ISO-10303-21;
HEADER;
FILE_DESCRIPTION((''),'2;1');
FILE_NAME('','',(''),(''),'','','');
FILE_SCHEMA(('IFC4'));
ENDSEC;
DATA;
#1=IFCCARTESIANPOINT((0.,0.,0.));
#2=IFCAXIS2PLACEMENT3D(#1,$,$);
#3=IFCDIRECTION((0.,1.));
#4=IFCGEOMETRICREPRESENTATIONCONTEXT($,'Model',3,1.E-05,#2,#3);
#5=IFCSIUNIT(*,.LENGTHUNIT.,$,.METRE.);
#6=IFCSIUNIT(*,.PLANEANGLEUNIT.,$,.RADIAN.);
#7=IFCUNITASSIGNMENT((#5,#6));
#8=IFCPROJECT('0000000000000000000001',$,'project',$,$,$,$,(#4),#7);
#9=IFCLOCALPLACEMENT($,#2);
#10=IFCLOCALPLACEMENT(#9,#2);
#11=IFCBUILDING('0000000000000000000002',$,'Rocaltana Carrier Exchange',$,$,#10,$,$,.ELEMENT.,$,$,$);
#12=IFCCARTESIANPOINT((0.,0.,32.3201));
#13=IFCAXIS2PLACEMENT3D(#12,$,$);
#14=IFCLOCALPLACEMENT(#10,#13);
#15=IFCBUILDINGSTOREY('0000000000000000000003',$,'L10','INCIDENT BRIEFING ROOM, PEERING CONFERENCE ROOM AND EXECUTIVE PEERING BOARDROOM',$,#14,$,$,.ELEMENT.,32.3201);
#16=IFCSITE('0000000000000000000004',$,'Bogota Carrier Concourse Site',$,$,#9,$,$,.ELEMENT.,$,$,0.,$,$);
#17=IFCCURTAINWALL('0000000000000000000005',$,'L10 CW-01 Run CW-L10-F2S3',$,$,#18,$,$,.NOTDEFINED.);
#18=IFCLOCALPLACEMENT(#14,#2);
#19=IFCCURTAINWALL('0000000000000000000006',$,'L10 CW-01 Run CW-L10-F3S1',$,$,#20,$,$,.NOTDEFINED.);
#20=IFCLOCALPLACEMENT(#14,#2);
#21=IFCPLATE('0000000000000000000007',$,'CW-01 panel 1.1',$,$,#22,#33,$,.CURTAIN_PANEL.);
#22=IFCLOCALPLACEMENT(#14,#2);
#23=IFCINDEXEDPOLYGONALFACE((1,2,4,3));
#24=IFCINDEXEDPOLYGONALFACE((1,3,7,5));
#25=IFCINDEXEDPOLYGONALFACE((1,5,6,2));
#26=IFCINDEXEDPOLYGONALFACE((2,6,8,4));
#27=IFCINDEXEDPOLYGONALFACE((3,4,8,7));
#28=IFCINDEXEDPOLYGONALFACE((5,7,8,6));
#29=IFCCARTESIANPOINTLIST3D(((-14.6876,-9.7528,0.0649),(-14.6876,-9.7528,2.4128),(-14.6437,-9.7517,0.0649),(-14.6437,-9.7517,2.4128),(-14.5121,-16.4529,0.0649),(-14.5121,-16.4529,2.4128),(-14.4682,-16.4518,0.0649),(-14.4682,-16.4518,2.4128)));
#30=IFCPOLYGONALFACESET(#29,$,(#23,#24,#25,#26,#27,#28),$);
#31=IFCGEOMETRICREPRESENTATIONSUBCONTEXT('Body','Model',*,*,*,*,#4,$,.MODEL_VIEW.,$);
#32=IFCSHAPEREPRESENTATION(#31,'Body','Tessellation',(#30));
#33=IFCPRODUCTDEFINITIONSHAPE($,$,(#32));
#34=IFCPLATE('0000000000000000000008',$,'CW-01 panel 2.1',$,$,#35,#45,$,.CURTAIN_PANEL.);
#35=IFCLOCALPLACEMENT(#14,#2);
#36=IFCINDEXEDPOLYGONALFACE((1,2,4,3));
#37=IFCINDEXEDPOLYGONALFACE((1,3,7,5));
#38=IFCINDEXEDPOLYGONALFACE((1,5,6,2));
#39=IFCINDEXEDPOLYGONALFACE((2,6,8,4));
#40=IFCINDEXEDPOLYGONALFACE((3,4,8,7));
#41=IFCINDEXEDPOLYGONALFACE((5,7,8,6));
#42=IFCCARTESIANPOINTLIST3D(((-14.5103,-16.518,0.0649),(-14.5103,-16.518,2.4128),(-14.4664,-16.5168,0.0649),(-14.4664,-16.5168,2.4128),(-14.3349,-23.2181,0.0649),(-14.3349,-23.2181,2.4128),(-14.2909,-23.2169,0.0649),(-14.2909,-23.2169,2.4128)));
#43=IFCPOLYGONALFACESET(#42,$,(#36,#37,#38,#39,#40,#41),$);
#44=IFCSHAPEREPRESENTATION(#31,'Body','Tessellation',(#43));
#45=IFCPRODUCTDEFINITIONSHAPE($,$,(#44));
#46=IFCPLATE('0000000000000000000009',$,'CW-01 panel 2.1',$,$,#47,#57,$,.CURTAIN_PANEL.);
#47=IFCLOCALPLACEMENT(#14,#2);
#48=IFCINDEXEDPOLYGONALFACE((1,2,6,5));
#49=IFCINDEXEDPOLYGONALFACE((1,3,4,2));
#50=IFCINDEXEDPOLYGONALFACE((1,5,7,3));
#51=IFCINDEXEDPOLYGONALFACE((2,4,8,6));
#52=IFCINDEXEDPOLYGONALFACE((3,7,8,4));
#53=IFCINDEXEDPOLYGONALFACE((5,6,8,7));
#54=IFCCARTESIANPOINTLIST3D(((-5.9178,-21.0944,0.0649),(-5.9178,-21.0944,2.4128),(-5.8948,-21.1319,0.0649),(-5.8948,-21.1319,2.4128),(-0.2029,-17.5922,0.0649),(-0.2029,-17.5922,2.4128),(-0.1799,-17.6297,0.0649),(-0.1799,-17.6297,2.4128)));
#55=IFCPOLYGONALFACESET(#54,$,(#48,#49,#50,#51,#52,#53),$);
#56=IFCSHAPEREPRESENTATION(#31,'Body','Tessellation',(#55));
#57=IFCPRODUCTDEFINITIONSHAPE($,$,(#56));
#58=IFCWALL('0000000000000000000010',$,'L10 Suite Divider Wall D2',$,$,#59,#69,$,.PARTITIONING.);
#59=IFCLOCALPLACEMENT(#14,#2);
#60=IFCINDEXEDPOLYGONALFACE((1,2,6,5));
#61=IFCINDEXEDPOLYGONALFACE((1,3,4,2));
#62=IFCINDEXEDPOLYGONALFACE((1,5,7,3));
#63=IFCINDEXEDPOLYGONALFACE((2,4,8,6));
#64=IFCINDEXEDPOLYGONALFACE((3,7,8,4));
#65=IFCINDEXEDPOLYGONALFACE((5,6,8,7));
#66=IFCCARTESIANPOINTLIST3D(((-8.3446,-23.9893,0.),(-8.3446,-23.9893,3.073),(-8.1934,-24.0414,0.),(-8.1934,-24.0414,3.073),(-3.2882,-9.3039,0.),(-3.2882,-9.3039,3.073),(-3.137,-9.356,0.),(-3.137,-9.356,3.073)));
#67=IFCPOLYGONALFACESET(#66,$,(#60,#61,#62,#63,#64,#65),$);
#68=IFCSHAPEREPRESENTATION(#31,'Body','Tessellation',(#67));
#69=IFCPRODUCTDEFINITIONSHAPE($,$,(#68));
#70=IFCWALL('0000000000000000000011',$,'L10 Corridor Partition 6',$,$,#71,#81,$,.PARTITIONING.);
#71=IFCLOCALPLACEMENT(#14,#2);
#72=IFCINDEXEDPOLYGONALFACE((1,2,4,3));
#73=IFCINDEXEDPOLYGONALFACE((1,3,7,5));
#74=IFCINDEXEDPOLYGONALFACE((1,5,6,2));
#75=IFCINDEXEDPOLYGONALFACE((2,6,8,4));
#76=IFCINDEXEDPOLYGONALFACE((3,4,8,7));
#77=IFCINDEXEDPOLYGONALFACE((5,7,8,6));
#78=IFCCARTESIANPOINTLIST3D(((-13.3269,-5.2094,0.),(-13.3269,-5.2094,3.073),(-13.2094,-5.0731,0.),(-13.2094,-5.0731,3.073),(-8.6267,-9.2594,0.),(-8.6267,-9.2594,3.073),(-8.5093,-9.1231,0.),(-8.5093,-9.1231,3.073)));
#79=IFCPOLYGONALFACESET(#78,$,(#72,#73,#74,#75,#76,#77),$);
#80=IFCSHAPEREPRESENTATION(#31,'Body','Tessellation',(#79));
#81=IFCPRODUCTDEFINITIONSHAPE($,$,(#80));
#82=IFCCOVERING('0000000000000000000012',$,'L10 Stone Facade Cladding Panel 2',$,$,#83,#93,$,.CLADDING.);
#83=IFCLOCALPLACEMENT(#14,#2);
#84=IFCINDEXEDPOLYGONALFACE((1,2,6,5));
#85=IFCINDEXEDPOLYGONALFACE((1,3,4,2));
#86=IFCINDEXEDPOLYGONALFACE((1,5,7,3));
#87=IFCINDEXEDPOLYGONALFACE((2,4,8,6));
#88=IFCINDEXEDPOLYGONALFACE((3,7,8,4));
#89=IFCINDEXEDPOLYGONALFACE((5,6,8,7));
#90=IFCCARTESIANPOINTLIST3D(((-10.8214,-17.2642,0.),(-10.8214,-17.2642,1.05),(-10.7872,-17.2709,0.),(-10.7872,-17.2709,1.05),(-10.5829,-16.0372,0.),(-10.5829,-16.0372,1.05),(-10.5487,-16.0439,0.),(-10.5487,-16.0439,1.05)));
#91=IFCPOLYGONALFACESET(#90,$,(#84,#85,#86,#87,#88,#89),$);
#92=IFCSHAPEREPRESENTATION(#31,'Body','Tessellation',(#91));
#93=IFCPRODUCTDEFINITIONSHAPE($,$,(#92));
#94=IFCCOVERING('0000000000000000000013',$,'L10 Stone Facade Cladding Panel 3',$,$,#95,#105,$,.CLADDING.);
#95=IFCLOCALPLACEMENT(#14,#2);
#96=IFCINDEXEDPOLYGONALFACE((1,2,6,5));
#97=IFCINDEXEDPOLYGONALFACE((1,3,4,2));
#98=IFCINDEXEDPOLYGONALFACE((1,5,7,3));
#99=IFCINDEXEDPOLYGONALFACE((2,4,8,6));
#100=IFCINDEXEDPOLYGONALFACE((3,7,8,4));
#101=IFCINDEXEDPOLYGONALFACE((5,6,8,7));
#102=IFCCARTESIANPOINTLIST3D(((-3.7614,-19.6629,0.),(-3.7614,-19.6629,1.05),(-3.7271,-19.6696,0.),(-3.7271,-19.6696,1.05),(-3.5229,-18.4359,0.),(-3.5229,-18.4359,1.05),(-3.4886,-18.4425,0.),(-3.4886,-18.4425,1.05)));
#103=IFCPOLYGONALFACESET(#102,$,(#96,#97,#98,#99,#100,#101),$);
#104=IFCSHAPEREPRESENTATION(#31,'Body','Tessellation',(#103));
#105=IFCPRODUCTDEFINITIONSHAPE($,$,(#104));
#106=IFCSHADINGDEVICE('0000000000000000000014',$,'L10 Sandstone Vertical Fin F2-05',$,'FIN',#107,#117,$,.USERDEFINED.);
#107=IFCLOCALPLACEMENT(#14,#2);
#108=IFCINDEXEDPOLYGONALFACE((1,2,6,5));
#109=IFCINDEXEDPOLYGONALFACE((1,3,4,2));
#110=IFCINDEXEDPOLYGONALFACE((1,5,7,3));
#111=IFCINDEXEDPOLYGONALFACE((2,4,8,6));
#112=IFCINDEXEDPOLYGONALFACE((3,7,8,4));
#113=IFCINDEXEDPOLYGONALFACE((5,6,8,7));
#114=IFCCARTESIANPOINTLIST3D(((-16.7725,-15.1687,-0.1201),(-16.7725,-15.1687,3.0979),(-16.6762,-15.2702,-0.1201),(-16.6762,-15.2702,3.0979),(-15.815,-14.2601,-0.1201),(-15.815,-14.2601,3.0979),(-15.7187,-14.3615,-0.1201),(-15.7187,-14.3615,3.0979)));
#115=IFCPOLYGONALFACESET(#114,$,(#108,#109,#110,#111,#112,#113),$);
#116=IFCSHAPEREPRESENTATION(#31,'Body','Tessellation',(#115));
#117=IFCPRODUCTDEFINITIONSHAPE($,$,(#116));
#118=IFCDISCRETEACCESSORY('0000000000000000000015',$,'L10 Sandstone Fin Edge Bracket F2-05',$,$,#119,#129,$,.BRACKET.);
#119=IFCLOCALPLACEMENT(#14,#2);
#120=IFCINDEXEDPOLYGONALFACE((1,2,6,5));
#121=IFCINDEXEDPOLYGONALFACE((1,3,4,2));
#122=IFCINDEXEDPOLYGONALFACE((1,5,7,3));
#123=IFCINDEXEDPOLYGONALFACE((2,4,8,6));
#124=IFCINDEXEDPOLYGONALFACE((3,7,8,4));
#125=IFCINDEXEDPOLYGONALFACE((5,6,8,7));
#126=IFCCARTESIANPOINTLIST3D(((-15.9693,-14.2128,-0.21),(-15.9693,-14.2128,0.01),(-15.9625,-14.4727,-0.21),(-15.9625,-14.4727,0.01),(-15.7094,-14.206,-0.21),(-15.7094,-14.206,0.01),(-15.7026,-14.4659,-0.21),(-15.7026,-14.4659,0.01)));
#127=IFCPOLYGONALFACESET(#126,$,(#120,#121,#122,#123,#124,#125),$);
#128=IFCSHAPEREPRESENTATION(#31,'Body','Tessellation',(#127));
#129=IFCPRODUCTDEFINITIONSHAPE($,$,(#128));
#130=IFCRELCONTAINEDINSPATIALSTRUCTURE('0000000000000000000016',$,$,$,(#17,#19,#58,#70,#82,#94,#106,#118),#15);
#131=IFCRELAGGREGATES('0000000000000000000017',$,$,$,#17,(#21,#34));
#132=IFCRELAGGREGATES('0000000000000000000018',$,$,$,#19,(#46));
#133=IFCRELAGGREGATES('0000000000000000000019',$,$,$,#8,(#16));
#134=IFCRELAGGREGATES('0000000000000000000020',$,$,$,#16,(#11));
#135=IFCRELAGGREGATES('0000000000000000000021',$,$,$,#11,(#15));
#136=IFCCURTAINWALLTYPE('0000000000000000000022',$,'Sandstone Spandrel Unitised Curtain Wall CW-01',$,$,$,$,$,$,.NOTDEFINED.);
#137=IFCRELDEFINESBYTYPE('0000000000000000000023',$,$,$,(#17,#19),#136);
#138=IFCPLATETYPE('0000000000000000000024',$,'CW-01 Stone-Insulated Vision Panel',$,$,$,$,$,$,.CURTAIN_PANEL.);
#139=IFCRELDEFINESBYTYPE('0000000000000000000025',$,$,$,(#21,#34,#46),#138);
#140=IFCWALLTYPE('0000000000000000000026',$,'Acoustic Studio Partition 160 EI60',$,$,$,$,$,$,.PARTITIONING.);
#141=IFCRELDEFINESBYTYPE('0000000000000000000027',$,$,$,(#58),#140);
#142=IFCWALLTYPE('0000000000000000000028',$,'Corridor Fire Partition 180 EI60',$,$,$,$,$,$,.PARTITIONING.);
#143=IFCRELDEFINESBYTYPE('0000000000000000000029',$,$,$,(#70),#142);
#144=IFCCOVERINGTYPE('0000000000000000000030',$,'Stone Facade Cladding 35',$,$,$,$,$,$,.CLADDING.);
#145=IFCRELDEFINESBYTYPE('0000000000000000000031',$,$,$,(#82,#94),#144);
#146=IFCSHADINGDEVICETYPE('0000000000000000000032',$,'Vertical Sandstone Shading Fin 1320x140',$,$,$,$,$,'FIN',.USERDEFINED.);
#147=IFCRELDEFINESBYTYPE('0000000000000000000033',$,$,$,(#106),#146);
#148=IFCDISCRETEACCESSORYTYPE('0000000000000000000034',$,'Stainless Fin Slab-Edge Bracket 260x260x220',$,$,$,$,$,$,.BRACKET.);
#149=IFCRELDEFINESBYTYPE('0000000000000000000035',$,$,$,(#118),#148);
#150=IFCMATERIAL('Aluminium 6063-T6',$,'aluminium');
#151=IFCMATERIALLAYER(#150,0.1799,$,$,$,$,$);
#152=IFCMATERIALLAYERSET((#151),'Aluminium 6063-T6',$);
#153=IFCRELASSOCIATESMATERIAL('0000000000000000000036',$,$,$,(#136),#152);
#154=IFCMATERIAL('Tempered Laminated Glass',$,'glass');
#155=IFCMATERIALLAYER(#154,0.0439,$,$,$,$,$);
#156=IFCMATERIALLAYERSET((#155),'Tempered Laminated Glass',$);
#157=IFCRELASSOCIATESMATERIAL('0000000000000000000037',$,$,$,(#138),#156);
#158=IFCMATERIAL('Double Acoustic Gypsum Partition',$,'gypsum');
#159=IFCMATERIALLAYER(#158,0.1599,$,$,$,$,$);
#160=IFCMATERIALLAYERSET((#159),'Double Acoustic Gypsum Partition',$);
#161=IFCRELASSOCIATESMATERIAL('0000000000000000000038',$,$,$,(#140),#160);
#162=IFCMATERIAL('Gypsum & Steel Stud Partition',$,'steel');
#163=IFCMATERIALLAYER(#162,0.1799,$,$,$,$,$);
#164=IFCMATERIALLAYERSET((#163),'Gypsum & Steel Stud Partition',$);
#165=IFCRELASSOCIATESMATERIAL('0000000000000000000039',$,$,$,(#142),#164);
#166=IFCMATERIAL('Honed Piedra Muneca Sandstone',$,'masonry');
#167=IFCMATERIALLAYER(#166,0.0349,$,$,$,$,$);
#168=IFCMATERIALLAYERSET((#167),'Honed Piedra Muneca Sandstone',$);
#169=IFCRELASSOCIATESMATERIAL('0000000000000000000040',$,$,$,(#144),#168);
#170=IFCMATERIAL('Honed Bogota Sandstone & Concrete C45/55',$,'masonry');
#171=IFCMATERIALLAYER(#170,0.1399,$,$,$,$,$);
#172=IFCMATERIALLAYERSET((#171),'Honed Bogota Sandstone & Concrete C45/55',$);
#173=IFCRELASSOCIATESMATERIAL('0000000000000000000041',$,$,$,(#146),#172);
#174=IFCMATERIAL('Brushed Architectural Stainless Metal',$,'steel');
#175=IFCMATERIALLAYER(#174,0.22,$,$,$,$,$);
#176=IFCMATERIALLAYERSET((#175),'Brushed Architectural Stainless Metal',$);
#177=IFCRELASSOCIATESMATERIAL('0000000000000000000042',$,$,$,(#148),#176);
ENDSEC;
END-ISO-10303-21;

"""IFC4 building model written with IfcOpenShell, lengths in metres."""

from ifc_helpers import new_model, si_unit, direction, frame, frame_2d, origin, origin_2d, place, context, subcontext, project, spatial, rectangle, extrude, material, layer, layer_set, type_object, element, aggregate, save


model = new_model("IFC4")

# Units and contexts
model_context = context("Model", 3, precision=1e-05, world=origin(), true_north=direction((0.0, 1.0)))
body_context = subcontext(model_context, "Body", "Model", "MODEL_VIEW")
ifc_project = project(units=[si_unit("LENGTHUNIT", "METRE"), si_unit("PLANEANGLEUNIT", "RADIAN")], contexts=[model_context])

# Site, building, storey
site_placement = place(None, origin())
site = spatial("IfcSite", under=ifc_project, at=site_placement, Name="Bogota Carrier Concourse Site", CompositionType="ELEMENT", RefElevation=0.0)
building_placement = place(site_placement, origin())
building = spatial("IfcBuilding", under=site, at=building_placement, Name="Rocaltana Carrier Exchange", CompositionType="ELEMENT")
storey_placement = place(building_placement, frame((0.0, 0.0, 32.3201)))
storey = spatial("IfcBuildingStorey", under=building, at=storey_placement, Name="L10", Description="INCIDENT BRIEFING ROOM, PEERING CONFERENCE ROOM AND EXECUTIVE PEERING BOARDROOM", CompositionType="ELEMENT", Elevation=32.3201)

# Curtain wall
ifc_material_1 = material(Name="Aluminium 6063-T6", Category="aluminium")
ifc_layer_1 = layer(ifc_material_1, 0.1799)
ifc_layer_set_1 = layer_set([ifc_layer_1], Name="Aluminium 6063-T6")
curtain_wall_type = type_object("IfcCurtainWallType", Name="Sandstone Spandrel Unitised Curtain Wall CW-01", PredefinedType="NOTDEFINED", material=ifc_layer_set_1)
curtain_wall_1_placement = place(storey_placement, origin())
curtain_wall_1 = element("IfcCurtainWall", 1, at=curtain_wall_1_placement, inside=storey, type_object=curtain_wall_type, Name="L10 CW-01 Run CW-L10-F2S3", PredefinedType="NOTDEFINED")

# Curtain wall
curtain_wall_2_placement = place(storey_placement, origin())
curtain_wall_2 = element("IfcCurtainWall", 2, at=curtain_wall_2_placement, inside=storey, type_object=curtain_wall_type, Name="L10 CW-01 Run CW-L10-F3S1", PredefinedType="NOTDEFINED")

# Plates
ifc_material_2 = material(Name="Tempered Laminated Glass", Category="glass")
ifc_layer_2 = layer(ifc_material_2, 0.0439)
ifc_layer_set_2 = layer_set([ifc_layer_2], Name="Tempered Laminated Glass")
plate_type = type_object("IfcPlateType", Name="CW-01 Stone-Insulated Vision Panel", PredefinedType="CURTAIN_PANEL", material=ifc_layer_set_2)
plate_1_placement = place(storey_placement, frame((-14.5779, -13.1023, 0.0649), z_axis=(0.0, 0.0, 1.0), x_axis=(0.026184, -0.999657, 0.0)))
plate_1 = element("IfcPlate", 3, at=plate_1_placement, type_object=plate_type, Name="CW-01 panel 1.1", PredefinedType="CURTAIN_PANEL", context=body_context, shape_type="SweptSolid", body=[
    extrude(rectangle(XDim=6.7024, YDim=0.0439, at=origin_2d()), origin(), (0.0, 0.0, 1.0), 2.3479),
])
plate_2_placement = place(storey_placement, frame((-14.4006, -19.8674, 0.0649), z_axis=(0.0, 0.0, 1.0), x_axis=(0.026184, -0.999657, 0.0)))
plate_2 = element("IfcPlate", 4, at=plate_2_placement, type_object=plate_type, Name="CW-01 panel 2.1", PredefinedType="CURTAIN_PANEL", context=body_context, shape_type="SweptSolid", body=[
    extrude(rectangle(XDim=6.7024, YDim=0.0439, at=origin_2d()), origin(), (0.0, 0.0, 1.0), 2.3479),
])
aggregate(curtain_wall_1, [plate_1, plate_2])
plate_3_placement = place(storey_placement, frame((-3.0488, -19.3621, 0.0649), z_axis=(0.0, 0.0, 1.0), x_axis=(0.852636, 0.522505, 0.0)))
plate_3 = element("IfcPlate", 5, at=plate_3_placement, type_object=plate_type, Name="CW-01 panel 2.1", PredefinedType="CURTAIN_PANEL", context=body_context, shape_type="SweptSolid", body=[
    extrude(rectangle(XDim=6.7026, YDim=0.0439, at=origin_2d()), origin(), (0.0, 0.0, 1.0), 2.3479),
])
aggregate(curtain_wall_2, [plate_3])

# Walls
ifc_material_3 = material(Name="Double Acoustic Gypsum Partition", Category="gypsum")
ifc_layer_3 = layer(ifc_material_3, 0.1599)
ifc_layer_set_3 = layer_set([ifc_layer_3], Name="Double Acoustic Gypsum Partition")
wall_type_1 = type_object("IfcWallType", Name="Acoustic Studio Partition 160 EI60", PredefinedType="PARTITIONING", material=ifc_layer_set_3)
wall_1_placement = place(storey_placement, frame((-3.2126, -9.3301, 0.0), z_axis=(0.0, 0.0, 1.0), x_axis=(-0.325559, -0.945522, 0.0)))
element("IfcWall", 6, at=wall_1_placement, inside=storey, type_object=wall_type_1, Name="L10 Suite Divider Wall D2", PredefinedType="PARTITIONING", context=body_context, shape_type="SweptSolid", body=[
    extrude(rectangle(XDim=15.5315, YDim=0.1599, at=frame_2d((7.7656, 0.0))), origin(), (0.0, 0.0, 1.0), 3.073),
])
ifc_material_4 = material(Name="Gypsum & Steel Stud Partition", Category="steel")
ifc_layer_4 = layer(ifc_material_4, 0.1799)
ifc_layer_set_4 = layer_set([ifc_layer_4], Name="Gypsum & Steel Stud Partition")
wall_type_2 = type_object("IfcWallType", Name="Corridor Fire Partition 180 EI60", PredefinedType="PARTITIONING", material=ifc_layer_set_4)
wall_2_placement = place(storey_placement, frame((-8.5681, -9.1912, 0.0), z_axis=(0.0, 0.0, 1.0), x_axis=(-0.757557, 0.652769, 0.0)))
element("IfcWall", 7, at=wall_2_placement, inside=storey, type_object=wall_type_2, Name="L10 Corridor Partition 6", PredefinedType="PARTITIONING", context=body_context, shape_type="SweptSolid", body=[
    extrude(rectangle(XDim=6.2043, YDim=0.1799, at=frame_2d((3.1021, 0.0))), origin(), (0.0, 0.0, 1.0), 3.073),
])

# Coverings
ifc_material_5 = material(Name="Honed Piedra Muneca Sandstone", Category="masonry")
ifc_layer_5 = layer(ifc_material_5, 0.0349)
ifc_layer_set_5 = layer_set([ifc_layer_5], Name="Honed Piedra Muneca Sandstone")
covering_type = type_object("IfcCoveringType", Name="Stone Facade Cladding 35", PredefinedType="CLADDING", material=ifc_layer_set_5)
for number, where, z_axis, x_axis, name in (
    (8, (-10.6851, -16.6541, 0.0), (0.0, 0.0, 1.0), (0.190809, 0.981627, 0.0), "L10 Stone Facade Cladding Panel 2"),
    (9, (-3.625, -19.0527, 0.0), (0.0, 0.0, 1.0), (0.190809, 0.981627, 0.0), "L10 Stone Facade Cladding Panel 3"),
):
    element("IfcCovering", number, at=place(storey_placement, frame(where, z_axis=z_axis, x_axis=x_axis)), inside=storey, type_object=covering_type, Name=name, PredefinedType="CLADDING", context=body_context, shape_type="SweptSolid", body=[
        extrude(rectangle(XDim=1.25, YDim=0.0349, at=origin_2d()), origin(), (0.0, 0.0, 1.0), 1.05),
    ])

# Shading device
ifc_material_6 = material(Name="Honed Bogota Sandstone & Concrete C45/55", Category="masonry")
ifc_layer_6 = layer(ifc_material_6, 0.1399)
ifc_layer_set_6 = layer_set([ifc_layer_6], Name="Honed Bogota Sandstone & Concrete C45/55")
shading_device_type = type_object("IfcShadingDeviceType", Name="Vertical Sandstone Shading Fin 1320x140", ElementType="FIN", PredefinedType="USERDEFINED", material=ifc_layer_set_6)
shading_device_placement = place(storey_placement, frame((-16.2456, -14.7651, -0.1201), z_axis=(0.0, 0.0, 1.0), x_axis=(-0.725374, -0.688355, 0.0)))
element("IfcShadingDevice", 10, at=shading_device_placement, inside=storey, type_object=shading_device_type, Name="L10 Sandstone Vertical Fin F2-05", ObjectType="FIN", PredefinedType="USERDEFINED", context=body_context, shape_type="SweptSolid", body=[
    extrude(rectangle(XDim=1.3201, YDim=0.1399, at=origin_2d()), origin(), (0.0, 0.0, 1.0), 3.218),
])

# Discrete accessory
ifc_material_7 = material(Name="Brushed Architectural Stainless Metal", Category="steel")
ifc_layer_7 = layer(ifc_material_7, 0.22)
ifc_layer_set_7 = layer_set([ifc_layer_7], Name="Brushed Architectural Stainless Metal")
discrete_accessory_type = type_object("IfcDiscreteAccessoryType", Name="Stainless Fin Slab-Edge Bracket 260x260x220", PredefinedType="BRACKET", material=ifc_layer_set_7)
discrete_accessory_placement = place(storey_placement, frame((-15.8359, -14.3394, -0.21), z_axis=(0.0, 0.0, 1.0), x_axis=(0.026177, -0.999657, 0.0)))
element("IfcDiscreteAccessory", 11, at=discrete_accessory_placement, inside=storey, type_object=discrete_accessory_type, Name="L10 Sandstone Fin Edge Bracket F2-05", PredefinedType="BRACKET", context=body_context, shape_type="SweptSolid", body=[
    extrude(rectangle(XDim=0.26, YDim=0.26, at=origin_2d()), origin(), (0.0, 0.0, 1.0), 0.22),
])

save(model, "model.ifc")
